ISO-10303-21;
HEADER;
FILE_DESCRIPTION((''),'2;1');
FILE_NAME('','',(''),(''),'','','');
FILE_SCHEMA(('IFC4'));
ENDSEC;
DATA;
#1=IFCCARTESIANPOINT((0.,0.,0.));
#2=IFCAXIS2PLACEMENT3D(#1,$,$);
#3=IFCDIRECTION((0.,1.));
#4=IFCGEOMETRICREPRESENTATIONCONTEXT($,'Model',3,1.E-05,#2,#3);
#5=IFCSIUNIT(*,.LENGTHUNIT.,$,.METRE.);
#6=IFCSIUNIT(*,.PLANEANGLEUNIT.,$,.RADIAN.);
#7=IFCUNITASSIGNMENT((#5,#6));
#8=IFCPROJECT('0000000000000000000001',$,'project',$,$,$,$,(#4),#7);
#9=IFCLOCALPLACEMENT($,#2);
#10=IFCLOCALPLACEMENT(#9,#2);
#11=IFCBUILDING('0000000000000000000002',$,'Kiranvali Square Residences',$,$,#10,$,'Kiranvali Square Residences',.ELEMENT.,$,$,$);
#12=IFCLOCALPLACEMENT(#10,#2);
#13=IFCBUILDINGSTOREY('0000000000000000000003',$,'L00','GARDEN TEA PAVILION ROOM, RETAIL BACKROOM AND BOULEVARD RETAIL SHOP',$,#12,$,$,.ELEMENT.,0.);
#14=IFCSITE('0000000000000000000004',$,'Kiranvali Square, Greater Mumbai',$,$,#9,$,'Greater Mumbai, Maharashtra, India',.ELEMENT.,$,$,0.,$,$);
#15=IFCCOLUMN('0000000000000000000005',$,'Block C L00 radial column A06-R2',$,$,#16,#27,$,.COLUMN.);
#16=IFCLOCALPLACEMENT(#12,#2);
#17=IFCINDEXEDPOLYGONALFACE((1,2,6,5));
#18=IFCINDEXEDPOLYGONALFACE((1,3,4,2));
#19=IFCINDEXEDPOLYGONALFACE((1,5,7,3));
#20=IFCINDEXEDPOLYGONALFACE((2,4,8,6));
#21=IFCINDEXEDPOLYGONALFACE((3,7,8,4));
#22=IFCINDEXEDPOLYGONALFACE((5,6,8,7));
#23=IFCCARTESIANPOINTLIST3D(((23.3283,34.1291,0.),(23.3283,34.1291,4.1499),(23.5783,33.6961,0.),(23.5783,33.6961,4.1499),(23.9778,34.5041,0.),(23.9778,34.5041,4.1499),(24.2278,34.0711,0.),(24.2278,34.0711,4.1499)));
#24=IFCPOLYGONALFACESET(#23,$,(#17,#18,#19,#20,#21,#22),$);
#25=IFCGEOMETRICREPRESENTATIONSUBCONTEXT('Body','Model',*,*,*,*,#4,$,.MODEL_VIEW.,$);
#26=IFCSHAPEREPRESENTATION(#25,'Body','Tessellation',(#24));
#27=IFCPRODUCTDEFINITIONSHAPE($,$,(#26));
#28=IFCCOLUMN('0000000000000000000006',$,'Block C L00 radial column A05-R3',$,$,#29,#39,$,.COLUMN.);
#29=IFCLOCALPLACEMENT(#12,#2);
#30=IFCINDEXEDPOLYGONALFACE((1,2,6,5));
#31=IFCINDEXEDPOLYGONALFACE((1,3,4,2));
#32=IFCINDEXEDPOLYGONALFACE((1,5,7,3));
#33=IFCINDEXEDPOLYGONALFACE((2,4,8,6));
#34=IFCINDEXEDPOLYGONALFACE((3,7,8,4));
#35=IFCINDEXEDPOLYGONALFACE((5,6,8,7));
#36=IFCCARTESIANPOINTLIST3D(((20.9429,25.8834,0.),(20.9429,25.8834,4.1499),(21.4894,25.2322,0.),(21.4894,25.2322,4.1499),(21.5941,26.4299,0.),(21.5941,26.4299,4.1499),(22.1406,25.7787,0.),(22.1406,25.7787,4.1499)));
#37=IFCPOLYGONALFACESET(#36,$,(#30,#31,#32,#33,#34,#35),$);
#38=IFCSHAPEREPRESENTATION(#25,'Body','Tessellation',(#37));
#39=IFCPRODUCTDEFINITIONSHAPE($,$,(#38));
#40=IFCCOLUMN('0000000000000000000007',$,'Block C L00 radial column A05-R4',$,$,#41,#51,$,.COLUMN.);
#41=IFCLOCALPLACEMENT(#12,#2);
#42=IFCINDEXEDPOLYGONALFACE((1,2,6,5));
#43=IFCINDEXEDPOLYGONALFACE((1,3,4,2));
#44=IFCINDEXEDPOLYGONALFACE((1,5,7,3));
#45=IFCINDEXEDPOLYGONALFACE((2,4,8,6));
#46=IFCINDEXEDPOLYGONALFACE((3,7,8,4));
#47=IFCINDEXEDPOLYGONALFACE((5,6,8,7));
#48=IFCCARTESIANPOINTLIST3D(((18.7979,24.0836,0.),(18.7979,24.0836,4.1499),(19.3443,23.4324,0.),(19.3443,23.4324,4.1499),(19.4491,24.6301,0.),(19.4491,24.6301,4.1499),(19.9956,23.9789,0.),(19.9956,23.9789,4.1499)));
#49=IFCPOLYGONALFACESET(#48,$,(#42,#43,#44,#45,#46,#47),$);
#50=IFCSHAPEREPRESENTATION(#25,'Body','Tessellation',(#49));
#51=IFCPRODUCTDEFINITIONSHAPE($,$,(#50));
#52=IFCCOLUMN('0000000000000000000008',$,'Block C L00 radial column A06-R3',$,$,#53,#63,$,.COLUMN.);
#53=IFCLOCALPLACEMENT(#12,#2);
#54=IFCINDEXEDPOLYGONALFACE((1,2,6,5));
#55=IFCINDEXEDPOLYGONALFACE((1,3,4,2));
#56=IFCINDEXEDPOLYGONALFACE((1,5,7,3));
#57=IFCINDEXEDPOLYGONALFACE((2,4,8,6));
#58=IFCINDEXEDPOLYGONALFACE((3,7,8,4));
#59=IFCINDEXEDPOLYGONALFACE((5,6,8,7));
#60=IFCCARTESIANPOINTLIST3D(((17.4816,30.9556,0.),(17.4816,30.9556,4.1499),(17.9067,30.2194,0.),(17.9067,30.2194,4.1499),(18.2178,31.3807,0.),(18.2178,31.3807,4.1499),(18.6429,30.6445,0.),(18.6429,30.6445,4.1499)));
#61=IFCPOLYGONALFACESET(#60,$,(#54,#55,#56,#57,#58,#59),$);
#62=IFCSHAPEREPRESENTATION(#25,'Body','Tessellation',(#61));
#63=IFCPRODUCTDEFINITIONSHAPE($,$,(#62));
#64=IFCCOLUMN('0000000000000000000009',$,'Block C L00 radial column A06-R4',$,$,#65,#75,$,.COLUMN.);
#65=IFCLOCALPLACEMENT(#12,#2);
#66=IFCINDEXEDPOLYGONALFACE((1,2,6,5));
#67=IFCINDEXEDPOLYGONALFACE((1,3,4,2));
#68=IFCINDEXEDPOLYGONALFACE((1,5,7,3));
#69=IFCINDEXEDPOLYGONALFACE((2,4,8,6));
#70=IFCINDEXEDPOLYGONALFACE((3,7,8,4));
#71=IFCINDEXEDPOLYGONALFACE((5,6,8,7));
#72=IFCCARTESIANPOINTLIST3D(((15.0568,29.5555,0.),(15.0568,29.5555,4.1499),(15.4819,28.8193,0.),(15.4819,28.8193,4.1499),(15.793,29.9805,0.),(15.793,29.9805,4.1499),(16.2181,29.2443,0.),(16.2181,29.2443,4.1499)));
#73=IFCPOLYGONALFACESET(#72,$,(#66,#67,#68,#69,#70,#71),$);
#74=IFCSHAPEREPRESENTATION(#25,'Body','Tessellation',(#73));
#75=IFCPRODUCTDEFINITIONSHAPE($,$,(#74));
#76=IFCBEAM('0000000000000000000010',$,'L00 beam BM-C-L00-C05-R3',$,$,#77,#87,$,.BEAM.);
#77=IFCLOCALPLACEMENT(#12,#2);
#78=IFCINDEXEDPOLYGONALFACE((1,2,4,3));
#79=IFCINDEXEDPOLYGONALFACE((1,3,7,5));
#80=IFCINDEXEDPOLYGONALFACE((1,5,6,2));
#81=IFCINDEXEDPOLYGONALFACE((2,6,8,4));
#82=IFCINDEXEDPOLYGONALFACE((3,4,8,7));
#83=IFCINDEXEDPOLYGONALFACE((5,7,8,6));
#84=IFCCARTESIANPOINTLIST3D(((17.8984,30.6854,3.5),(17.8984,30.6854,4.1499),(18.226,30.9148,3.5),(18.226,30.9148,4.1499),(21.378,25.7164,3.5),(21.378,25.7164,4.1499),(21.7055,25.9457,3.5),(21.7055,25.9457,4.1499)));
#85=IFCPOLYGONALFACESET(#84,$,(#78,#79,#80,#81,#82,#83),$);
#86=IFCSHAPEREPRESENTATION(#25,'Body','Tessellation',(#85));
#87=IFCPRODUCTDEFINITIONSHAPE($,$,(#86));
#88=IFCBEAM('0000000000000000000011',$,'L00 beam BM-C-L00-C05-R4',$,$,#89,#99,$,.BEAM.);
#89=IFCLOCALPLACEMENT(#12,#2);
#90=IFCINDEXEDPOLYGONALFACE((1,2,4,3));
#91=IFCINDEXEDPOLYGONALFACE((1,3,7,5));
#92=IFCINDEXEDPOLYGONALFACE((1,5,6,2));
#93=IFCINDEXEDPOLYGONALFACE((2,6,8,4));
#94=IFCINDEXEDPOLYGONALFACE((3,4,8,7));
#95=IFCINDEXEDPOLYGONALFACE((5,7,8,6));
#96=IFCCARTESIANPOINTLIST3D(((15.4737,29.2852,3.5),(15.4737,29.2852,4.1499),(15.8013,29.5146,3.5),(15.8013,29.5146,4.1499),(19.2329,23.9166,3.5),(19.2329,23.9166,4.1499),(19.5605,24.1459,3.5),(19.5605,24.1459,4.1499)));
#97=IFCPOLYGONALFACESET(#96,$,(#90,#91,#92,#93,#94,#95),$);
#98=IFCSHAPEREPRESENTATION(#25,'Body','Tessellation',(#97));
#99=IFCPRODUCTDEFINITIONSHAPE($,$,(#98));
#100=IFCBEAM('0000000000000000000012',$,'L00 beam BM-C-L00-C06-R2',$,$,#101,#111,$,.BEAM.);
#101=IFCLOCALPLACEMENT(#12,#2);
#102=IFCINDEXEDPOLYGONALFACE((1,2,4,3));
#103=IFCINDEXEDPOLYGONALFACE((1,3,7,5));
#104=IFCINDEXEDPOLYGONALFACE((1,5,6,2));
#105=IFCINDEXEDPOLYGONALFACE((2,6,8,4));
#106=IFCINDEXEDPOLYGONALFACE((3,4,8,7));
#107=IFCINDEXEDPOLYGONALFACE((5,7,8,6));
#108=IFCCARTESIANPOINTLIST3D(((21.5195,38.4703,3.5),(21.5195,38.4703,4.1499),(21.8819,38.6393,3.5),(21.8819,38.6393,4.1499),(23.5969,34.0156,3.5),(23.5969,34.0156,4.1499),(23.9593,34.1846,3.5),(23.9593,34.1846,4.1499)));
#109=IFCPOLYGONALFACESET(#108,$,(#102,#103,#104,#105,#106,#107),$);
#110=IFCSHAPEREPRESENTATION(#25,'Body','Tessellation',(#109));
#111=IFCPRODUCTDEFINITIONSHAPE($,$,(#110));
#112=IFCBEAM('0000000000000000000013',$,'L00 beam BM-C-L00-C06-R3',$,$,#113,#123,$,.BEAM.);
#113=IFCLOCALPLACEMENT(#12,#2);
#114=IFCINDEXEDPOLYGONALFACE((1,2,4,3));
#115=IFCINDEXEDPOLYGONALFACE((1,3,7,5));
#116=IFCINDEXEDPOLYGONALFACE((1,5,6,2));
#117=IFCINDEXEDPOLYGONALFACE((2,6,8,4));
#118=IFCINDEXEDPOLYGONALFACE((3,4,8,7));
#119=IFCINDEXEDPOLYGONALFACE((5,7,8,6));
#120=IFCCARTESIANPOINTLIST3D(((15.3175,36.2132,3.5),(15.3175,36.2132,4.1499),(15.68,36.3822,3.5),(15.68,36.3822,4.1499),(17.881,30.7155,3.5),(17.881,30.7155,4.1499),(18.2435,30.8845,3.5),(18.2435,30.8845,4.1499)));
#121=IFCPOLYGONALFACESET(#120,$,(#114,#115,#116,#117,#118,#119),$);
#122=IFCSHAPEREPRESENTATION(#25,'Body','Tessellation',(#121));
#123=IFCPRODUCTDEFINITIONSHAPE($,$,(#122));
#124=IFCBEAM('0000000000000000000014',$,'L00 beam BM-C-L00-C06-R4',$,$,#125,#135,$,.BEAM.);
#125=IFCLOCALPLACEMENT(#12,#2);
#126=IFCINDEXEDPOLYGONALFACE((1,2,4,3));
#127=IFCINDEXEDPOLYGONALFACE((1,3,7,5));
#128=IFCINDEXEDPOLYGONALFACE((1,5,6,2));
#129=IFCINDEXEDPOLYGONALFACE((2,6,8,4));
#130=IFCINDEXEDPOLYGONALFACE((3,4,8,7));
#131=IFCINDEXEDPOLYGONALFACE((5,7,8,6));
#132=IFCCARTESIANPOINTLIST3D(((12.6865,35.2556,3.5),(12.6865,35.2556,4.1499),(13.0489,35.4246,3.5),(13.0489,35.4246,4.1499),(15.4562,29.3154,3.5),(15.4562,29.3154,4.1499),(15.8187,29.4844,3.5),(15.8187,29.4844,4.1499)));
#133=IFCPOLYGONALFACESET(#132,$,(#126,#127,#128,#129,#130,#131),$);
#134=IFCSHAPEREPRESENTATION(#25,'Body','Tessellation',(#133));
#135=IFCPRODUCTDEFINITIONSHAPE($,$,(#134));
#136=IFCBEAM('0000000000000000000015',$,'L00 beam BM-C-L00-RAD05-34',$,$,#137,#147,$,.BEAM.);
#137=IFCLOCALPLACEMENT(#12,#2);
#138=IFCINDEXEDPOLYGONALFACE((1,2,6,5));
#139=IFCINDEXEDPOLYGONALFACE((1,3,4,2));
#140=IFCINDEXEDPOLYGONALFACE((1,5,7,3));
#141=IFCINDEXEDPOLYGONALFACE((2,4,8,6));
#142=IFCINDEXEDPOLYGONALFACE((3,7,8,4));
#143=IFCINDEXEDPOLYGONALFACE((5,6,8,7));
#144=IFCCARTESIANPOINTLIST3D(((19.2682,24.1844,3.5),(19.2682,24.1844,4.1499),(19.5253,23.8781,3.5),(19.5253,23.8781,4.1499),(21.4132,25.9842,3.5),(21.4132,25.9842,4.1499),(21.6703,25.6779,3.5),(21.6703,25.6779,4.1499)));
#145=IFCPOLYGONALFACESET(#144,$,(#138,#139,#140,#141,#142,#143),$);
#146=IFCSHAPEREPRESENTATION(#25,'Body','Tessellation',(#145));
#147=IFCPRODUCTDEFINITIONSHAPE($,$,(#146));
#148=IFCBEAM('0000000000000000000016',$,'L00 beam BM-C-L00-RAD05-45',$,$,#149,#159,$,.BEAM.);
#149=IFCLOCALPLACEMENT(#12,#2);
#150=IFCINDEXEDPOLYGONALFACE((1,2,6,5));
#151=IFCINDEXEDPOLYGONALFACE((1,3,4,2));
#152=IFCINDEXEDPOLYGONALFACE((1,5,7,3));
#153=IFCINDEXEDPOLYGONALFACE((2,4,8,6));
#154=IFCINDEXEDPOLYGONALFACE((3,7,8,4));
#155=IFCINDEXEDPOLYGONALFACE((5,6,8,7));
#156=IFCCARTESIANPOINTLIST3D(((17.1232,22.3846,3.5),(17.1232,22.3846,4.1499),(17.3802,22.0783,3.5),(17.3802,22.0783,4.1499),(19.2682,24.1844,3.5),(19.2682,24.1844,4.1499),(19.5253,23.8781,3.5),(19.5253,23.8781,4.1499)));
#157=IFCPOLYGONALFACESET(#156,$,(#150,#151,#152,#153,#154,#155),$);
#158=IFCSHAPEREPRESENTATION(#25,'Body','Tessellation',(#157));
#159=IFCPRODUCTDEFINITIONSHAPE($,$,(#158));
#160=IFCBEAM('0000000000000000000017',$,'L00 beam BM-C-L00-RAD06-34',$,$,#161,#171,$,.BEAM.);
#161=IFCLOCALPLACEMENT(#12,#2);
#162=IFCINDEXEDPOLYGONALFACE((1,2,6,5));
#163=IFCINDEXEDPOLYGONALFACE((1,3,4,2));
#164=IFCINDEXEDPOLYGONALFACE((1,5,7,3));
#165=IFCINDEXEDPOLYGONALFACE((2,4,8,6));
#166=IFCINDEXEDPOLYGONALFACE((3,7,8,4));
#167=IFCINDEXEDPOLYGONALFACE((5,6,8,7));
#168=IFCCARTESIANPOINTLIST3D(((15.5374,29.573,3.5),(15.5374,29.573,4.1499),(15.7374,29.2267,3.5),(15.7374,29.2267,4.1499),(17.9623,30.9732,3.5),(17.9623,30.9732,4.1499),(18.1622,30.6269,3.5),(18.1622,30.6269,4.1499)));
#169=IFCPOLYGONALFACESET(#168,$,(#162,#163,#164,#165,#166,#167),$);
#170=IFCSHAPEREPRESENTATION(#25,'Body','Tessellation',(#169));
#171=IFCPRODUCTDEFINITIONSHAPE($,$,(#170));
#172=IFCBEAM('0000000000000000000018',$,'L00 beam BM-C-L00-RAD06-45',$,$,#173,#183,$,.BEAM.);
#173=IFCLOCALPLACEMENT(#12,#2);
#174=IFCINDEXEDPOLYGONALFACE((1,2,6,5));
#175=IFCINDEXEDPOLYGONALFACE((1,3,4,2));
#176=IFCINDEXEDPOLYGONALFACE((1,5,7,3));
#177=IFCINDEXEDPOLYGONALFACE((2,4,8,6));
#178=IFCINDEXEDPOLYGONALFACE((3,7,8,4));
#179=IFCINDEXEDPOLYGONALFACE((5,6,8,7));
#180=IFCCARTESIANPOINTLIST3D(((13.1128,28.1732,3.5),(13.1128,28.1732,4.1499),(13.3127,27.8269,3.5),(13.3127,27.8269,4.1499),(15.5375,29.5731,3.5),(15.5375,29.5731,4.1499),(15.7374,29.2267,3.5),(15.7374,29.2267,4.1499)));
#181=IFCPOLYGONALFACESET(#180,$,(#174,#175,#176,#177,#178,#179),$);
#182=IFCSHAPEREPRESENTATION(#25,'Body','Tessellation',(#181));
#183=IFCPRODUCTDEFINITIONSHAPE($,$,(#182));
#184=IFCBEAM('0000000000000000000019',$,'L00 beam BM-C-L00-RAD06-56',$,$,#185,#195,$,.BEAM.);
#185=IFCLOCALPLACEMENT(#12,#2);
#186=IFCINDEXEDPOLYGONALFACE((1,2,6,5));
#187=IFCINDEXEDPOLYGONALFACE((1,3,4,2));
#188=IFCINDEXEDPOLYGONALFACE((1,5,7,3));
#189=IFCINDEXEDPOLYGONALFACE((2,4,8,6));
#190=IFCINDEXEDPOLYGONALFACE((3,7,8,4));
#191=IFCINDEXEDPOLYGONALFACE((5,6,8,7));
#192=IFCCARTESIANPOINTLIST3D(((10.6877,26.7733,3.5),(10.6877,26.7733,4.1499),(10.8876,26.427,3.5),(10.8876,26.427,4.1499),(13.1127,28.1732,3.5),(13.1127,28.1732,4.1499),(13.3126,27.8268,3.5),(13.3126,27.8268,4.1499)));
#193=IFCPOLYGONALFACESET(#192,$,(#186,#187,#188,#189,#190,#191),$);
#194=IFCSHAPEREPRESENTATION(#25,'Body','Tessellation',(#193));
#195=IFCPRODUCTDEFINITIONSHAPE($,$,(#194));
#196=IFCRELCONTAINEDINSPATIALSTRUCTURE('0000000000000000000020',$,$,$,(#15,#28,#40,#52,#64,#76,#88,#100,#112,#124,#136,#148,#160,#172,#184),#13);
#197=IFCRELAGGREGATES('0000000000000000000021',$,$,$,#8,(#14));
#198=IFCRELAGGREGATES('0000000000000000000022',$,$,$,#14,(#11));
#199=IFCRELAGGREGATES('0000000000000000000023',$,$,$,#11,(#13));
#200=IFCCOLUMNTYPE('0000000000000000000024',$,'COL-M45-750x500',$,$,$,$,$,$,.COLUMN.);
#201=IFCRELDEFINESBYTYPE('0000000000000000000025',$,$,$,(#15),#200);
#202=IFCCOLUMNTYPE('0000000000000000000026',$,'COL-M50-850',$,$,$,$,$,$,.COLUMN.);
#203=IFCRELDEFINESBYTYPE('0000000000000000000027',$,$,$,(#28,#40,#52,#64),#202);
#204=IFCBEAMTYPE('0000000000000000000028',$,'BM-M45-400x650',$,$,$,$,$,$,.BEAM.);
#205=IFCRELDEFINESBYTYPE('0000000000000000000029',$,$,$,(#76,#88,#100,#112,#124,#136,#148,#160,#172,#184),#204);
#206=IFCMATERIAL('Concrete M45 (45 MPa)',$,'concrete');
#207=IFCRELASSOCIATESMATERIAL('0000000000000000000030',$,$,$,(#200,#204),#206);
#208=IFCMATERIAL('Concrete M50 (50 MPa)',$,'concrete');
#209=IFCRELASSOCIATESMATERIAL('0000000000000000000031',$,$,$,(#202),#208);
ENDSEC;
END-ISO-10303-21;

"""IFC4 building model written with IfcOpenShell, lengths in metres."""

from ifc_helpers import new_model, si_unit, direction, frame, origin, origin_2d, place, context, subcontext, project, spatial, rectangle, extrude, material, material_profile, profile_set, type_object, element, save


model = new_model("IFC4")

# Units and contexts
model_context = context("Model", 3, precision=1e-05, world=origin(), true_north=direction((0.0, 1.0)))
body_context = subcontext(model_context, "Body", "Model", "MODEL_VIEW")
ifc_project = project(units=[si_unit("LENGTHUNIT", "METRE"), si_unit("PLANEANGLEUNIT", "RADIAN")], contexts=[model_context])

# Site, building, storey
site_placement = place(None, origin())
site = spatial("IfcSite", under=ifc_project, at=site_placement, Name="Kiranvali Square, Greater Mumbai", LongName="Greater Mumbai, Maharashtra, India", CompositionType="ELEMENT", RefElevation=0.0)
building_placement = place(site_placement, origin())
building = spatial("IfcBuilding", under=site, at=building_placement, Name="Kiranvali Square Residences", LongName="Kiranvali Square Residences", CompositionType="ELEMENT")
storey_placement = place(building_placement, origin())
storey = spatial("IfcBuildingStorey", under=building, at=storey_placement, Name="L00", Description="GARDEN TEA PAVILION ROOM, RETAIL BACKROOM AND BOULEVARD RETAIL SHOP", CompositionType="ELEMENT", Elevation=0.0)

# Columns
ifc_material_1 = material(Name="Concrete M45 (45 MPa)", Category="concrete")
ifc_material_profile_1 = material_profile(ifc_material_1, rectangle(XDim=0.5, YDim=0.75, at=origin_2d()), Name="RC 750x500")
ifc_profile_set_1 = profile_set([ifc_material_profile_1], Name="Concrete M45 (45 MPa)")
column_type_1 = type_object("IfcColumnType", Name="COL-M45-750x500", PredefinedType="COLUMN", material=ifc_profile_set_1)
column_placement = place(storey_placement, frame((23.7781, 34.1001, 0.0), z_axis=(0.0, 0.0, 1.0), x_axis=(-0.5, 0.866025, 0.0)))
element("IfcColumn", 1, at=column_placement, inside=storey, type_object=column_type_1, Name="Block C L00 radial column A06-R2", PredefinedType="COLUMN", context=body_context, shape_type="SweptSolid", body=[
    extrude(rectangle(XDim=0.5, YDim=0.75, at=origin_2d()), origin(), (0.0, 0.0, 1.0), 4.1499),
])
ifc_material_2 = material(Name="Concrete M50 (50 MPa)", Category="concrete")
ifc_material_profile_2 = material_profile(ifc_material_2, rectangle(XDim=0.8501, YDim=0.8501, at=origin_2d()), Name="RC 850x850")
ifc_profile_set_2 = profile_set([ifc_material_profile_2], Name="Concrete M50 (50 MPa)")
column_type_2 = type_object("IfcColumnType", Name="COL-M50-850", PredefinedType="COLUMN", material=ifc_profile_set_2)
for number, where, z_axis, x_axis, name in (
    (2, (21.5417, 25.8311, 0.0), (0.0, 0.0, 1.0), (-0.642788, 0.766044, 0.0), "Block C L00 radial column A05-R3"),
    (3, (19.3967, 24.0312, 0.0), (0.0, 0.0, 1.0), (-0.642788, 0.766044, 0.0), "Block C L00 radial column A05-R4"),
    (4, (18.0623, 30.8, 0.0), (0.0, 0.0, 1.0), (-0.5, 0.866025, 0.0), "Block C L00 radial column A06-R3"),
    (5, (15.6375, 29.3999, 0.0), (0.0, 0.0, 1.0), (-0.5, 0.866025, 0.0), "Block C L00 radial column A06-R4"),
):
    element("IfcColumn", number, at=place(storey_placement, frame(where, z_axis=z_axis, x_axis=x_axis)), inside=storey, type_object=column_type_2, Name=name, PredefinedType="COLUMN", context=body_context, shape_type="SweptSolid", body=[
        extrude(rectangle(XDim=0.8501, YDim=0.8501, at=origin_2d()), origin(), (0.0, 0.0, 1.0), 4.1499),
    ])

# Beams
ifc_material_profile_3 = material_profile(ifc_material_1, rectangle(XDim=0.3999, YDim=0.6499, at=origin_2d()), Name="RC 400x650")
ifc_profile_set_3 = profile_set([ifc_material_profile_3], Name="Concrete M45 (45 MPa)")
beam_type = type_object("IfcBeamType", Name="BM-M45-400x650", PredefinedType="BEAM", material=ifc_profile_set_3)
beam_1_placement = place(storey_placement, frame((21.5417, 25.8311, 3.825), z_axis=(-0.573595, 0.819139, 0.0), x_axis=(-0.819139, -0.573595, 0.0)))
element("IfcBeam", 6, at=beam_1_placement, inside=storey, type_object=beam_type, Name="L00 beam BM-C-L00-C05-R3", PredefinedType="BEAM", context=body_context, shape_type="SweptSolid", body=[
    extrude(rectangle(XDim=0.3999, YDim=0.6499, at=origin_2d()), origin(), (0.0, 0.0, 1.0), 6.0662),
])
beam_2_placement = place(storey_placement, frame((19.3967, 24.0312, 3.825), z_axis=(-0.573587, 0.819144, 0.0), x_axis=(-0.819144, -0.573587, 0.0)))
element("IfcBeam", 7, at=beam_2_placement, inside=storey, type_object=beam_type, Name="L00 beam BM-C-L00-C05-R4", PredefinedType="BEAM", context=body_context, shape_type="SweptSolid", body=[
    extrude(rectangle(XDim=0.3999, YDim=0.6499, at=origin_2d()), origin(), (0.0, 0.0, 1.0), 6.554),
])
beam_3_placement = place(storey_placement, frame((23.7781, 34.1001, 3.825), z_axis=(-0.42263, 0.906302, 0.0), x_axis=(-0.906302, -0.42263, 0.0)))
element("IfcBeam", 8, at=beam_3_placement, inside=storey, type_object=beam_type, Name="L00 beam BM-C-L00-C06-R2", PredefinedType="BEAM", context=body_context, shape_type="SweptSolid", body=[
    extrude(rectangle(XDim=0.3999, YDim=0.6499, at=origin_2d()), origin(), (0.0, 0.0, 1.0), 4.9153),
])
beam_4_placement = place(storey_placement, frame((18.0623, 30.8, 3.825), z_axis=(-0.422608, 0.906313, 0.0), x_axis=(-0.906313, -0.422608, 0.0)))
element("IfcBeam", 9, at=beam_4_placement, inside=storey, type_object=beam_type, Name="L00 beam BM-C-L00-C06-R3", PredefinedType="BEAM", context=body_context, shape_type="SweptSolid", body=[
    extrude(rectangle(XDim=0.3999, YDim=0.6499, at=origin_2d()), origin(), (0.0, 0.0, 1.0), 6.0659),
])
beam_5_placement = place(storey_placement, frame((15.6375, 29.3999, 3.825), z_axis=(-0.422596, 0.906318, 0.0), x_axis=(-0.906318, -0.422596, 0.0)))
element("IfcBeam", 10, at=beam_5_placement, inside=storey, type_object=beam_type, Name="L00 beam BM-C-L00-C06-R4", PredefinedType="BEAM", context=body_context, shape_type="SweptSolid", body=[
    extrude(rectangle(XDim=0.3999, YDim=0.6499, at=origin_2d()), origin(), (0.0, 0.0, 1.0), 6.5542),
])
for number, where, z_axis, x_axis, name in (
    (11, (21.5417, 25.8311, 3.825), (-0.766059, -0.642771, 0.0), (0.642771, -0.766059, 0.0), "L00 beam BM-C-L00-RAD05-34"),
    (12, (19.3967, 24.0312, 3.825), (-0.766059, -0.642771, 0.0), (0.642771, -0.766059, 0.0), "L00 beam BM-C-L00-RAD05-45"),
    (13, (18.0623, 30.8, 3.825), (-0.865997, -0.50005, 0.0), (0.50005, -0.865997, 0.0), "L00 beam BM-C-L00-RAD06-34"),
):
    element("IfcBeam", number, at=place(storey_placement, frame(where, z_axis=z_axis, x_axis=x_axis)), inside=storey, type_object=beam_type, Name=name, PredefinedType="BEAM", context=body_context, shape_type="SweptSolid", body=[
        extrude(rectangle(XDim=0.3999, YDim=0.6499, at=origin_2d()), origin(), (0.0, 0.0, 1.0), 2.8),
    ])
beam_6_placement = place(storey_placement, frame((15.6375, 29.3999, 3.825), z_axis=(-0.866035, -0.499984, 0.0), x_axis=(0.499984, -0.866035, 0.0)))
element("IfcBeam", 14, at=beam_6_placement, inside=storey, type_object=beam_type, Name="L00 beam BM-C-L00-RAD06-45", PredefinedType="BEAM", context=body_context, shape_type="SweptSolid", body=[
    extrude(rectangle(XDim=0.3999, YDim=0.6499, at=origin_2d()), origin(), (0.0, 0.0, 1.0), 2.7998),
])
beam_7_placement = place(storey_placement, frame((13.2126, 28.0, 3.825), z_axis=(-0.866056, -0.499946, 0.0), x_axis=(0.499946, -0.866056, 0.0)))
element("IfcBeam", 15, at=beam_7_placement, inside=storey, type_object=beam_type, Name="L00 beam BM-C-L00-RAD06-56", PredefinedType="BEAM", context=body_context, shape_type="SweptSolid", body=[
    extrude(rectangle(XDim=0.3999, YDim=0.6499, at=origin_2d()), origin(), (0.0, 0.0, 1.0), 2.8),
])

save(model, "model.ifc")
